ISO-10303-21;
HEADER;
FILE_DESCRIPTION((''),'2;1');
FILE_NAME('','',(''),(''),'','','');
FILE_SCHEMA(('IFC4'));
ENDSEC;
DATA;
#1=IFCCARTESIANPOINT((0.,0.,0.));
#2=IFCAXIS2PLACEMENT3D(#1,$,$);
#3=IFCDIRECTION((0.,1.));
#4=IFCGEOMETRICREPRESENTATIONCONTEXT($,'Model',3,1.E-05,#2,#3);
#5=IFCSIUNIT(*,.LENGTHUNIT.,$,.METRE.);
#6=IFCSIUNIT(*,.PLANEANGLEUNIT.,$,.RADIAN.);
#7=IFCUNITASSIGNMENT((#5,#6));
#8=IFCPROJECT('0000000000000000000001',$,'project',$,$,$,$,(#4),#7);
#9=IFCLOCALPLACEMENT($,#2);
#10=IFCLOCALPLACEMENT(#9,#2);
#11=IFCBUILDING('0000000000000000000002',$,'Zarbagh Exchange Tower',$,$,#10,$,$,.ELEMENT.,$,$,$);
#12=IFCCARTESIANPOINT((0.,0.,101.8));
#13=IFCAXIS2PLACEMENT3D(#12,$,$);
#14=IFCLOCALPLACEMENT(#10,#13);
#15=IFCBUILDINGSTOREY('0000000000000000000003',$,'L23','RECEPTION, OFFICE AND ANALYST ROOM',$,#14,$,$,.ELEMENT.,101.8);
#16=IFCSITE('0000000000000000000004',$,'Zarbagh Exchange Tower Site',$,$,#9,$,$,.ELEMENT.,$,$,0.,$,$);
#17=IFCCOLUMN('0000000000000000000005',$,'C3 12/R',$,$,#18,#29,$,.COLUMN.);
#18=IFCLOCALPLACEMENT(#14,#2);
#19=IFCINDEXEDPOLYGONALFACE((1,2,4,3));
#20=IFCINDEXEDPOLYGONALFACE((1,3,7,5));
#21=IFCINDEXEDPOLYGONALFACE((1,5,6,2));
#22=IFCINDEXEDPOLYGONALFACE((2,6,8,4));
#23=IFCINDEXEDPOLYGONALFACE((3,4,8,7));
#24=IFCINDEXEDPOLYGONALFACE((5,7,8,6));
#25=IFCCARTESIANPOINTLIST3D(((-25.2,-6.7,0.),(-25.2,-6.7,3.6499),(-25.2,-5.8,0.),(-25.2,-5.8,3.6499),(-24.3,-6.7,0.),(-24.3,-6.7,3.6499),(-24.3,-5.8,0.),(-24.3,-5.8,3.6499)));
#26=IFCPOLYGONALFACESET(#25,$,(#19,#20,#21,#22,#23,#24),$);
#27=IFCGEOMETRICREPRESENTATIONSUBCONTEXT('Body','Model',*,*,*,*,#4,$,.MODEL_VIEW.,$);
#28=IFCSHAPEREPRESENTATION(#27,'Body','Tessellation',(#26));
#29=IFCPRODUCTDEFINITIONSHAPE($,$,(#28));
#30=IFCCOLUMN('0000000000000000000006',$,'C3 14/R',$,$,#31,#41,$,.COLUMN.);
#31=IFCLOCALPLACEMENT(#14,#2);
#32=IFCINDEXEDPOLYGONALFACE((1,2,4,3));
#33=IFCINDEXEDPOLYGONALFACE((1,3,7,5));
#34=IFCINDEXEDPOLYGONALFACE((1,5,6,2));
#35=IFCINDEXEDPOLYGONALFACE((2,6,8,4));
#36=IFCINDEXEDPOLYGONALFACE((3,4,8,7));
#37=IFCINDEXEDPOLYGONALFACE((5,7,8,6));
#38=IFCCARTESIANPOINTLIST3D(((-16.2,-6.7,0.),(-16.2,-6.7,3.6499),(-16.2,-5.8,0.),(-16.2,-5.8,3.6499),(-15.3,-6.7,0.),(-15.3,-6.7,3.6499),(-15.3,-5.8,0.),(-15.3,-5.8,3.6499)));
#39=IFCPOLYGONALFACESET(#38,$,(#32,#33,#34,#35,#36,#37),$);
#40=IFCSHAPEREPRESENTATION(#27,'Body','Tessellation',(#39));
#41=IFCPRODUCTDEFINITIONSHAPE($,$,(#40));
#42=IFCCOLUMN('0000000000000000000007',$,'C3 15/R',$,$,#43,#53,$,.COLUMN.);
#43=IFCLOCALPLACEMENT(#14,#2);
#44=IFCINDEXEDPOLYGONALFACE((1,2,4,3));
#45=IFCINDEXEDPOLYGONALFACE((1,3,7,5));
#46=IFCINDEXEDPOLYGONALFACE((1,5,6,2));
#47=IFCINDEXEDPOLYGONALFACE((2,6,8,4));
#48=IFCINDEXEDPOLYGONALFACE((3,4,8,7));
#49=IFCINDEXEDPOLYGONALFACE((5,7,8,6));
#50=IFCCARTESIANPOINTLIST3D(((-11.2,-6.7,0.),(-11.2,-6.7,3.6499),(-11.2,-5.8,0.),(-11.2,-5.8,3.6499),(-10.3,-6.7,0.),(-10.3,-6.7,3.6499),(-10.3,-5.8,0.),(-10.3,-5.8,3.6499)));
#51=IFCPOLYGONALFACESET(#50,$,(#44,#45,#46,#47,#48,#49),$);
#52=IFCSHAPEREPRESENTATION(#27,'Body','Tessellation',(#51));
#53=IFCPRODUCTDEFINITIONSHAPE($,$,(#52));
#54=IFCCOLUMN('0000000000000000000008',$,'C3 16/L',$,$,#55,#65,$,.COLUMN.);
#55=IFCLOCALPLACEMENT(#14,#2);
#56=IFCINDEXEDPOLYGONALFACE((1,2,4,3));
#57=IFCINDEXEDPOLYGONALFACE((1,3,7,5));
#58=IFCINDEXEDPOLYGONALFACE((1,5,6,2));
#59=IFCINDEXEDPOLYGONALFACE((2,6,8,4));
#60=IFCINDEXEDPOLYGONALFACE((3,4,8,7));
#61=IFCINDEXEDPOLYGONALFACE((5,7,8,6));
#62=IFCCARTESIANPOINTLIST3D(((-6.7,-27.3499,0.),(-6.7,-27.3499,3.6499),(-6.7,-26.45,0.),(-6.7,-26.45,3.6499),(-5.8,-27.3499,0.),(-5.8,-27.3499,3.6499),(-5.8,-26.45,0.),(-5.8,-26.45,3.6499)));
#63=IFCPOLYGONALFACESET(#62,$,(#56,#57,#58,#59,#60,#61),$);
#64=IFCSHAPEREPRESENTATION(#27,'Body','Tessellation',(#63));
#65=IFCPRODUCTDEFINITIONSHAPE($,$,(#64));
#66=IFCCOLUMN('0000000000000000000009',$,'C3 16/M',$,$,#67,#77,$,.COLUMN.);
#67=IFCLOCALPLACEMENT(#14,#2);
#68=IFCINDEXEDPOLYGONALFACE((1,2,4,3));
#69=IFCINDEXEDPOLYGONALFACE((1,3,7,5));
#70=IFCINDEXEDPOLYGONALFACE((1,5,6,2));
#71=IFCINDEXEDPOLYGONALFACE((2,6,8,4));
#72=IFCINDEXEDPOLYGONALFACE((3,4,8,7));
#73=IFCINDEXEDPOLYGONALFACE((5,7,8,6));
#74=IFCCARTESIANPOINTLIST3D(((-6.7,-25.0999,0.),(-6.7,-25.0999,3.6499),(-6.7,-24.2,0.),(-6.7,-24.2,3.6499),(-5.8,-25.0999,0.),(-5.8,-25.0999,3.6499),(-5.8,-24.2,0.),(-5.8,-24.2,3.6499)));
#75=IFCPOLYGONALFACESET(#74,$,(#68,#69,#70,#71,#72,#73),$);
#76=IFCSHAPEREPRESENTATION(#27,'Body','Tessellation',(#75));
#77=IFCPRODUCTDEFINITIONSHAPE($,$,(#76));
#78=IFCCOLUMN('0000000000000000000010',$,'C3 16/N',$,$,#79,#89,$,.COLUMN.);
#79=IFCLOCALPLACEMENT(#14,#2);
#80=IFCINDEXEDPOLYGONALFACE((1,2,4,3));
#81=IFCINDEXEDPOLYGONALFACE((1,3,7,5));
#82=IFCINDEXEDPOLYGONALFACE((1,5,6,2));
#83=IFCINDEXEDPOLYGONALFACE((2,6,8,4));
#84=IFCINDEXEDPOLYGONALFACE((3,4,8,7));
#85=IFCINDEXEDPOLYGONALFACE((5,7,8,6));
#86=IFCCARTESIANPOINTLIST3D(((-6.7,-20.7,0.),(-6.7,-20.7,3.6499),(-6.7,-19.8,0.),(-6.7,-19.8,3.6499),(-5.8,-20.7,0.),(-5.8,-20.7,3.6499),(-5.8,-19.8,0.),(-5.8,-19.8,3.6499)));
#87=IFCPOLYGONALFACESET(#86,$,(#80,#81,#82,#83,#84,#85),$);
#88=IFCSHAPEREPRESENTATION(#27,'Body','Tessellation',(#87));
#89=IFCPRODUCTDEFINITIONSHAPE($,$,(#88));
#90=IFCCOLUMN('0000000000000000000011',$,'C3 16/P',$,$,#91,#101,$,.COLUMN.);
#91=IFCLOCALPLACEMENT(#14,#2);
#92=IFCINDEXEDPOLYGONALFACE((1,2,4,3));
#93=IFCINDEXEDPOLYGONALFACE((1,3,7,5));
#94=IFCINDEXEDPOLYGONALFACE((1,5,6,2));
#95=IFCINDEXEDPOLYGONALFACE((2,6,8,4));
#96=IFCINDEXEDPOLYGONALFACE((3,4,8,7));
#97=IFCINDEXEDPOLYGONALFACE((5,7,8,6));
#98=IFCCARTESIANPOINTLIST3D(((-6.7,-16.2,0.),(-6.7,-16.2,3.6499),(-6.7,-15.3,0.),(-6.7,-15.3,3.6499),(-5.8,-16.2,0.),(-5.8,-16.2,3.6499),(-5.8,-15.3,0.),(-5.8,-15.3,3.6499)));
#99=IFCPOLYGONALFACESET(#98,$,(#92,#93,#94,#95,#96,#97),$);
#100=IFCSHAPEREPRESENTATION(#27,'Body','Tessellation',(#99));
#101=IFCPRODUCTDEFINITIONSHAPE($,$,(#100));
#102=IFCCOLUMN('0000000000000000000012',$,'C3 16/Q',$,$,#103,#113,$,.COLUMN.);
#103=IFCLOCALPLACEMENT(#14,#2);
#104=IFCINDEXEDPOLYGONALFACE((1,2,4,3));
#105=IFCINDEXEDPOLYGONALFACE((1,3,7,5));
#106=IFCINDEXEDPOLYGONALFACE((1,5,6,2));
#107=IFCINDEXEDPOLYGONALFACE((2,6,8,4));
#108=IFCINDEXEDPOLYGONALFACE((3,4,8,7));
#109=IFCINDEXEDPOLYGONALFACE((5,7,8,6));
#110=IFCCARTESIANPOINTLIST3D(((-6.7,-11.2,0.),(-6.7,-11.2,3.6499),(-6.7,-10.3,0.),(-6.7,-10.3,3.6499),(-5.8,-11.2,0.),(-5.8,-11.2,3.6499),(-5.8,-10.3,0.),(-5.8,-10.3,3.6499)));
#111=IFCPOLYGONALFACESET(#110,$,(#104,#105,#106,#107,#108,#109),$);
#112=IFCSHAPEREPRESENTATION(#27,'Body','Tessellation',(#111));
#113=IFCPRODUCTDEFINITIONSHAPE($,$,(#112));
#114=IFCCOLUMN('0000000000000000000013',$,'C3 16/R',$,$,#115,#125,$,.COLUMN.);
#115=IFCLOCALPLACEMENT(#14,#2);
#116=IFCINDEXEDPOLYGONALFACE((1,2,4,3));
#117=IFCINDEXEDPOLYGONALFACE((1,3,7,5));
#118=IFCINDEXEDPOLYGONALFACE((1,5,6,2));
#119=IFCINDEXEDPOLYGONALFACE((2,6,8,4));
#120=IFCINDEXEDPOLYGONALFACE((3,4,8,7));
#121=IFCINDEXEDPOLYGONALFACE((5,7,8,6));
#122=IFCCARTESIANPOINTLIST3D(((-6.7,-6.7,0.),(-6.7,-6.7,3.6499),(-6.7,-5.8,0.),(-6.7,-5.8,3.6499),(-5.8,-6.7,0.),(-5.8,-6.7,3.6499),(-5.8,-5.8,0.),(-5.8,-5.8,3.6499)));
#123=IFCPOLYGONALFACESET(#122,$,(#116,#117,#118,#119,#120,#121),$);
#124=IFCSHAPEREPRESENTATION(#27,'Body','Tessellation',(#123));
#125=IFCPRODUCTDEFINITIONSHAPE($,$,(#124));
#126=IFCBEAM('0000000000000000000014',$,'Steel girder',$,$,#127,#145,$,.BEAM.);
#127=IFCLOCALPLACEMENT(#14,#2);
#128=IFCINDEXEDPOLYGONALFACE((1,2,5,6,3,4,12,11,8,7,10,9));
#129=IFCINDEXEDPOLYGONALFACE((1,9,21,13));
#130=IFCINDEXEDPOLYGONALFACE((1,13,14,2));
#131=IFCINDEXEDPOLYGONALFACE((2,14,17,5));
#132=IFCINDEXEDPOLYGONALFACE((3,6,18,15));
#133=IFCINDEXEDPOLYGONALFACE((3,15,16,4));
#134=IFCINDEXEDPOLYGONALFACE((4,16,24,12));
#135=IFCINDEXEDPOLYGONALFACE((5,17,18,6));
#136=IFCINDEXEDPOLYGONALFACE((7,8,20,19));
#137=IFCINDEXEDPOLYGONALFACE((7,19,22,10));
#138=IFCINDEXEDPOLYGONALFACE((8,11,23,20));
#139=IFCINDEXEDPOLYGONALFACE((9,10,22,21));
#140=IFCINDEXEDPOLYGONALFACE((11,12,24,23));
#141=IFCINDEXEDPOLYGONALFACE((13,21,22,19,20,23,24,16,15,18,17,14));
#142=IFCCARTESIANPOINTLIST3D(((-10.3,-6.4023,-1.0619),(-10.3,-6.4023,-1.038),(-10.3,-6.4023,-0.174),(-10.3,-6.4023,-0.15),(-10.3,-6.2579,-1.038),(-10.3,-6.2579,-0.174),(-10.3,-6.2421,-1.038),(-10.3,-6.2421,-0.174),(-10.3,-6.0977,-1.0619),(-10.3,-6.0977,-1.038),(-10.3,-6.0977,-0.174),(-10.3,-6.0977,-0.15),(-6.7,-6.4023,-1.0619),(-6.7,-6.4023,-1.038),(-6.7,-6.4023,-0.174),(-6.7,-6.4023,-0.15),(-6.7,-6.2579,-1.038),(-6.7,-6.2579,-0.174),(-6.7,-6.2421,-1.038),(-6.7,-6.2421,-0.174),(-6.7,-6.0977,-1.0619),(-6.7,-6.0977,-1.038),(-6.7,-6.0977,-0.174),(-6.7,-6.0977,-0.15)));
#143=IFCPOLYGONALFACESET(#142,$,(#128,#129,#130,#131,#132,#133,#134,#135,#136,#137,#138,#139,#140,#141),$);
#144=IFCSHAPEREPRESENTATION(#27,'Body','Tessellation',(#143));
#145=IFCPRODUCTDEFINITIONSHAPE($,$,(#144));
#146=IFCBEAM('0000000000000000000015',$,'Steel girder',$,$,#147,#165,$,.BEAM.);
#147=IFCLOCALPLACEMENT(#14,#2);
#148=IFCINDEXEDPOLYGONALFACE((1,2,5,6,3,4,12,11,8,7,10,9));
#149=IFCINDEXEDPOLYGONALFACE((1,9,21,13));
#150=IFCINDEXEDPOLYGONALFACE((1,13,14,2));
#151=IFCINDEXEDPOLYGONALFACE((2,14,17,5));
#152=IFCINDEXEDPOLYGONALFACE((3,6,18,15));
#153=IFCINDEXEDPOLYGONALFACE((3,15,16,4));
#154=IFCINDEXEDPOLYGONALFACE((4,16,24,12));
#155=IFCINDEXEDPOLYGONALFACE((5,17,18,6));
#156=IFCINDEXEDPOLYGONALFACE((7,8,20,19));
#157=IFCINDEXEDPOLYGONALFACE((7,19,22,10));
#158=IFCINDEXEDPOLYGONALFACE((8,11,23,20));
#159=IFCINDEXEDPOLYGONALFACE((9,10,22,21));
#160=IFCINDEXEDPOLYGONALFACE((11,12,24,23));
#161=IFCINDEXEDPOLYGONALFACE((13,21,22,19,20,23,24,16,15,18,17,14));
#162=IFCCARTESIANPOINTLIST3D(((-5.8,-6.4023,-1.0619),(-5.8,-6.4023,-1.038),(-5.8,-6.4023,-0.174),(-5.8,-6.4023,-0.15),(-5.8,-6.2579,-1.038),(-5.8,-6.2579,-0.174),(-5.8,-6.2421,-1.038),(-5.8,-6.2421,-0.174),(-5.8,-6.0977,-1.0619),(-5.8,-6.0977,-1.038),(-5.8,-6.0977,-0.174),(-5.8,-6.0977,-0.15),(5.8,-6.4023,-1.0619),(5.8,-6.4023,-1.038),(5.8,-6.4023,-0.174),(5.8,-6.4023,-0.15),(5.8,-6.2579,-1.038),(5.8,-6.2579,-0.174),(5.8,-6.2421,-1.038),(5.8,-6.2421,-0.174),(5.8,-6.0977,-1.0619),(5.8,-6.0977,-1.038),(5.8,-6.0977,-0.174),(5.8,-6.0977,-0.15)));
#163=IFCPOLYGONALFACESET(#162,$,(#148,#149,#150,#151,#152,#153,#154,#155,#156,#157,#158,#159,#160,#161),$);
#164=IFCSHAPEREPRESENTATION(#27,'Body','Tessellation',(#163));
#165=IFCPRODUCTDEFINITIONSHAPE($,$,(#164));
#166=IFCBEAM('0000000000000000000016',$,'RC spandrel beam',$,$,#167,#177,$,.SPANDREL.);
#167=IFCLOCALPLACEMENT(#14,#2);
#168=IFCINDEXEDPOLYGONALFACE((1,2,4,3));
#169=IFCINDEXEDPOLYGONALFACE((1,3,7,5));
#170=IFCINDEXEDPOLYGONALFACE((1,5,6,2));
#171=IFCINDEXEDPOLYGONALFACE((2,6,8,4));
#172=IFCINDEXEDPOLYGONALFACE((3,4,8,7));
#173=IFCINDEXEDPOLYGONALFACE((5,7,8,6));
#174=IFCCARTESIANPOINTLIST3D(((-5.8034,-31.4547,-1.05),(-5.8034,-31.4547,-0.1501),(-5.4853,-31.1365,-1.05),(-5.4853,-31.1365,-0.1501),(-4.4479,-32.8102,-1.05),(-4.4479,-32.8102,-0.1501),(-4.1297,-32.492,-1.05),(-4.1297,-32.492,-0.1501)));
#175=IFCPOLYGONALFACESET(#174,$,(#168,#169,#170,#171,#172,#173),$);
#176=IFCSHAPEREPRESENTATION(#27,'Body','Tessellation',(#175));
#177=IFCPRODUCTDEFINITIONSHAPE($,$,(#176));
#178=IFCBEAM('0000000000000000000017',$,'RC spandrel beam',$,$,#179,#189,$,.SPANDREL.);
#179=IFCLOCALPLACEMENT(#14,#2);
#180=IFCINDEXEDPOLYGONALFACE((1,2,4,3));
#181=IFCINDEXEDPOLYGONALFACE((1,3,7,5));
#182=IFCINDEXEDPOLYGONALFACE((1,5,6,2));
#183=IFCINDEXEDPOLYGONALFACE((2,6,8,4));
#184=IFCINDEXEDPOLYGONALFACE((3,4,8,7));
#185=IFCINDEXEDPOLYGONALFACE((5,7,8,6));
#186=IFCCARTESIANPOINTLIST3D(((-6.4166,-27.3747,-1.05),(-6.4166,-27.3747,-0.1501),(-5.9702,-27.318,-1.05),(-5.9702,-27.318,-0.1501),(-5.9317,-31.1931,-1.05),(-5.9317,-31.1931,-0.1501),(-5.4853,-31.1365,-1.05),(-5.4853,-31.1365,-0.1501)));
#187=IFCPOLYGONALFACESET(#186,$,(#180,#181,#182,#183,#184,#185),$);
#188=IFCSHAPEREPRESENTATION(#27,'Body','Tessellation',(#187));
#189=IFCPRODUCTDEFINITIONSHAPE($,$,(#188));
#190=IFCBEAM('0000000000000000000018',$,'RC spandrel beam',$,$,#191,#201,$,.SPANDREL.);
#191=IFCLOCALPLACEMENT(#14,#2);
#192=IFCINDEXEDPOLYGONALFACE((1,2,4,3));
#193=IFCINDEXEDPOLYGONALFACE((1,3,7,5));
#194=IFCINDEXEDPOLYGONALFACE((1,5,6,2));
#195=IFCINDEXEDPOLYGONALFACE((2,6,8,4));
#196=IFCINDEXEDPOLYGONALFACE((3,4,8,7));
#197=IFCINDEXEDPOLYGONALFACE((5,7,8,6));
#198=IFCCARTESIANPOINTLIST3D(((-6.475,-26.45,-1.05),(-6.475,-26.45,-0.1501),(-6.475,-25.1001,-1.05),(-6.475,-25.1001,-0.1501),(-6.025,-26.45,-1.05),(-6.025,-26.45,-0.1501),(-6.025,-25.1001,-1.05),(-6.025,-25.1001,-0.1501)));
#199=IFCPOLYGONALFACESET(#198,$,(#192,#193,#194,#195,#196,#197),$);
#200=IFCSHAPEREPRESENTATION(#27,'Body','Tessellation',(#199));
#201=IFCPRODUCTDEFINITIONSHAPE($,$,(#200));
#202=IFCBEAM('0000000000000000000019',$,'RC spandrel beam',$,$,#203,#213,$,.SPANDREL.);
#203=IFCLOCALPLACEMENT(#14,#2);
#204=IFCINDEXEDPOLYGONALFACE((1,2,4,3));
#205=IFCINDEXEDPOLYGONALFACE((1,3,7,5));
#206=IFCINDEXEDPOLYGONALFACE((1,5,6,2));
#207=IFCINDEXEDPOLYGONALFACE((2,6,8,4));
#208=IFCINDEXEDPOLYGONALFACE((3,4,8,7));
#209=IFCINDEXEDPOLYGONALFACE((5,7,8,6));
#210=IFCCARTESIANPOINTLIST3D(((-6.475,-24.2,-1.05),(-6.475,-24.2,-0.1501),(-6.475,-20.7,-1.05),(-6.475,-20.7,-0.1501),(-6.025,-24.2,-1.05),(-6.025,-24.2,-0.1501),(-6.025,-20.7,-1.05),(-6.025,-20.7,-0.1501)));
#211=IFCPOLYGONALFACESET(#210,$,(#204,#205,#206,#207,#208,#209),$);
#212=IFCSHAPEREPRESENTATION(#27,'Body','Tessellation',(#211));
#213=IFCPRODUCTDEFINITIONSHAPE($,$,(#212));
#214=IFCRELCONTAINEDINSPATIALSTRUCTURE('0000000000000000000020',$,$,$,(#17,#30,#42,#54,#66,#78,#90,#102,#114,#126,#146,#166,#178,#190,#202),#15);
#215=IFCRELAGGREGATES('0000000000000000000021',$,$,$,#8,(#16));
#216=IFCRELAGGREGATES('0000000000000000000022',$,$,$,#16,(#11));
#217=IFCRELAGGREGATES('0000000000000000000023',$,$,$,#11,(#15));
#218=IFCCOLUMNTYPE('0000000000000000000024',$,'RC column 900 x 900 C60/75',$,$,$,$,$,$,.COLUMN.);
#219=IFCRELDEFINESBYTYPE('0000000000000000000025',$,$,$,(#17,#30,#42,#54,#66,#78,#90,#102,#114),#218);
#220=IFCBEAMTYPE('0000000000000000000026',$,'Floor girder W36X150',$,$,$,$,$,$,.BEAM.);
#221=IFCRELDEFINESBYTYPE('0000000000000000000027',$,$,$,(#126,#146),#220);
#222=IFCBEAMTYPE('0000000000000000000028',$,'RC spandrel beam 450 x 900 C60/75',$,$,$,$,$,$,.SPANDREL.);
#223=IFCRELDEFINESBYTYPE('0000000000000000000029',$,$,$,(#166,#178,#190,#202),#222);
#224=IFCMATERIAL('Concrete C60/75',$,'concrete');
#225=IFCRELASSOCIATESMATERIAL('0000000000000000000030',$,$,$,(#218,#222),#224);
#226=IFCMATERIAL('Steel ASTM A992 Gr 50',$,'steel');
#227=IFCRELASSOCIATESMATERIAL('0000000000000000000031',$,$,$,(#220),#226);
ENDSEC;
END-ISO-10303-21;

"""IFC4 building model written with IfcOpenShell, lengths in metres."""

from ifc_helpers import new_model, si_unit, direction, frame, origin, origin_2d, place, context, subcontext, project, spatial, rectangle, i_section, extrude, material, material_profile, profile_set, type_object, element, save


model = new_model("IFC4")

# Units and contexts
model_context = context("Model", 3, precision=1e-05, world=origin(), true_north=direction((0.0, 1.0)))
body_context = subcontext(model_context, "Body", "Model", "MODEL_VIEW")
ifc_project = project(units=[si_unit("LENGTHUNIT", "METRE"), si_unit("PLANEANGLEUNIT", "RADIAN")], contexts=[model_context])

# Site, building, storey
site_placement = place(None, origin())
site = spatial("IfcSite", under=ifc_project, at=site_placement, Name="Zarbagh Exchange Tower Site", CompositionType="ELEMENT", RefElevation=0.0)
building_placement = place(site_placement, origin())
building = spatial("IfcBuilding", under=site, at=building_placement, Name="Zarbagh Exchange Tower", CompositionType="ELEMENT")
storey_placement = place(building_placement, frame((0.0, 0.0, 101.8)))
storey = spatial("IfcBuildingStorey", under=building, at=storey_placement, Name="L23", Description="RECEPTION, OFFICE AND ANALYST ROOM", CompositionType="ELEMENT", Elevation=101.8)

# Columns
ifc_material_1 = material(Name="Concrete C60/75", Category="concrete")
ifc_material_profile_1 = material_profile(ifc_material_1, rectangle(XDim=0.8999, YDim=0.8999, at=origin_2d()), Name="RC column 900 x 900 C60/75")
ifc_profile_set_1 = profile_set([ifc_material_profile_1], Name="Concrete C60/75")
column_type = type_object("IfcColumnType", Name="RC column 900 x 900 C60/75", PredefinedType="COLUMN", material=ifc_profile_set_1)
for number, where, z_axis, x_axis, name in (
    (1, (-24.75, -6.25, 0.0), (0.0, 0.0, 1.0), (1.0, 0.0, 0.0), "C3 12/R"),
    (2, (-15.75, -6.25, 0.0), (0.0, 0.0, 1.0), (1.0, 0.0, 0.0), "C3 14/R"),
    (3, (-10.75, -6.25, 0.0), (0.0, 0.0, 1.0), (1.0, 0.0, 0.0), "C3 15/R"),
    (4, (-6.25, -26.8999, 0.0), (0.0, 0.0, 1.0), (1.0, 0.0, 0.0), "C3 16/L"),
    (5, (-6.25, -24.6499, 0.0), (0.0, 0.0, 1.0), (1.0, 0.0, 0.0), "C3 16/M"),
    (6, (-6.25, -20.25, 0.0), (0.0, 0.0, 1.0), (1.0, 0.0, 0.0), "C3 16/N"),
    (7, (-6.25, -15.75, 0.0), (0.0, 0.0, 1.0), (1.0, 0.0, 0.0), "C3 16/P"),
    (8, (-6.25, -10.75, 0.0), (0.0, 0.0, 1.0), (1.0, 0.0, 0.0), "C3 16/Q"),
    (9, (-6.25, -6.25, 0.0), (0.0, 0.0, 1.0), (1.0, 0.0, 0.0), "C3 16/R"),
):
    element("IfcColumn", number, at=place(storey_placement, frame(where, z_axis=z_axis, x_axis=x_axis)), inside=storey, type_object=column_type, Name=name, PredefinedType="COLUMN", context=body_context, shape_type="SweptSolid", body=[
        extrude(rectangle(XDim=0.8999, YDim=0.8999, at=origin_2d()), origin(), (0.0, 0.0, 1.0), 3.6499),
    ])

# Beams
ifc_material_2 = material(Name="Steel ASTM A992 Gr 50", Category="steel")
ifc_material_profile_2 = material_profile(ifc_material_2, i_section(OverallWidth=0.3047, OverallDepth=0.9119, WebThickness=0.0159, FlangeThickness=0.0239, at=origin_2d()), Name="W36X150")
ifc_profile_set_2 = profile_set([ifc_material_profile_2], Name="Steel ASTM A992 Gr 50")
beam_type_1 = type_object("IfcBeamType", Name="Floor girder W36X150", PredefinedType="BEAM", material=ifc_profile_set_2)
beam_1_placement = place(storey_placement, frame((-10.3, -6.25, -0.606), z_axis=(1.0, 0.0, 0.0), x_axis=(0.0, 1.0, 0.0)))
element("IfcBeam", 10, at=beam_1_placement, inside=storey, type_object=beam_type_1, Name="Steel girder", PredefinedType="BEAM", context=body_context, shape_type="SweptSolid", body=[
    extrude(i_section(OverallWidth=0.3047, OverallDepth=0.9119, WebThickness=0.0159, FlangeThickness=0.0239, at=origin_2d()), origin(), (0.0, 0.0, 1.0), 3.6001),
])
beam_2_placement = place(storey_placement, frame((-5.8, -6.25, -0.606), z_axis=(1.0, 0.0, 0.0), x_axis=(0.0, 1.0, 0.0)))
element("IfcBeam", 11, at=beam_2_placement, inside=storey, type_object=beam_type_1, Name="Steel girder", PredefinedType="BEAM", context=body_context, shape_type="SweptSolid", body=[
    extrude(i_section(OverallWidth=0.3047, OverallDepth=0.9119, WebThickness=0.0159, FlangeThickness=0.0239, at=origin_2d()), origin(), (0.0, 0.0, 1.0), 11.6001),
])
ifc_material_profile_3 = material_profile(ifc_material_1, rectangle(XDim=0.45, YDim=0.8999, at=origin_2d()), Name="RC spandrel beam 450 x 900 C60/75")
ifc_profile_set_3 = profile_set([ifc_material_profile_3], Name="Concrete C60/75")
beam_type_2 = type_object("IfcBeamType", Name="RC spandrel beam 450 x 900 C60/75", PredefinedType="SPANDREL", material=ifc_profile_set_3)
beam_3_placement = place(storey_placement, frame((-4.2888, -32.6511, -0.6001), z_axis=(-0.707107, 0.707107, 0.0), x_axis=(-0.707107, -0.707107, 0.0)))
element("IfcBeam", 12, at=beam_3_placement, inside=storey, type_object=beam_type_2, Name="RC spandrel beam", PredefinedType="SPANDREL", context=body_context, shape_type="SweptSolid", body=[
    extrude(rectangle(XDim=0.45, YDim=0.8999, at=origin_2d()), origin(), (0.0, 0.0, 1.0), 1.917),
])
beam_4_placement = place(storey_placement, frame((-5.7085, -31.1648, -0.6001), z_axis=(-0.125971, 0.992034, 0.0), x_axis=(-0.992034, -0.125971, 0.0)))
element("IfcBeam", 13, at=beam_4_placement, inside=storey, type_object=beam_type_2, Name="RC spandrel beam", PredefinedType="SPANDREL", context=body_context, shape_type="SweptSolid", body=[
    extrude(rectangle(XDim=0.45, YDim=0.8999, at=origin_2d()), origin(), (0.0, 0.0, 1.0), 3.8491),
])
beam_5_placement = place(storey_placement, frame((-6.25, -26.45, -0.6001), z_axis=(0.0, 1.0, 0.0), x_axis=(-1.0, 0.0, 0.0)))
element("IfcBeam", 14, at=beam_5_placement, inside=storey, type_object=beam_type_2, Name="RC spandrel beam", PredefinedType="SPANDREL", context=body_context, shape_type="SweptSolid", body=[
    extrude(rectangle(XDim=0.45, YDim=0.8999, at=origin_2d()), origin(), (0.0, 0.0, 1.0), 1.3499),
])
beam_6_placement = place(storey_placement, frame((-6.25, -24.2, -0.6001), z_axis=(0.0, 1.0, 0.0), x_axis=(-1.0, 0.0, 0.0)))
element("IfcBeam", 15, at=beam_6_placement, inside=storey, type_object=beam_type_2, Name="RC spandrel beam", PredefinedType="SPANDREL", context=body_context, shape_type="SweptSolid", body=[
    extrude(rectangle(XDim=0.45, YDim=0.8999, at=origin_2d()), origin(), (0.0, 0.0, 1.0), 3.5),
])

save(model, "model.ifc")
